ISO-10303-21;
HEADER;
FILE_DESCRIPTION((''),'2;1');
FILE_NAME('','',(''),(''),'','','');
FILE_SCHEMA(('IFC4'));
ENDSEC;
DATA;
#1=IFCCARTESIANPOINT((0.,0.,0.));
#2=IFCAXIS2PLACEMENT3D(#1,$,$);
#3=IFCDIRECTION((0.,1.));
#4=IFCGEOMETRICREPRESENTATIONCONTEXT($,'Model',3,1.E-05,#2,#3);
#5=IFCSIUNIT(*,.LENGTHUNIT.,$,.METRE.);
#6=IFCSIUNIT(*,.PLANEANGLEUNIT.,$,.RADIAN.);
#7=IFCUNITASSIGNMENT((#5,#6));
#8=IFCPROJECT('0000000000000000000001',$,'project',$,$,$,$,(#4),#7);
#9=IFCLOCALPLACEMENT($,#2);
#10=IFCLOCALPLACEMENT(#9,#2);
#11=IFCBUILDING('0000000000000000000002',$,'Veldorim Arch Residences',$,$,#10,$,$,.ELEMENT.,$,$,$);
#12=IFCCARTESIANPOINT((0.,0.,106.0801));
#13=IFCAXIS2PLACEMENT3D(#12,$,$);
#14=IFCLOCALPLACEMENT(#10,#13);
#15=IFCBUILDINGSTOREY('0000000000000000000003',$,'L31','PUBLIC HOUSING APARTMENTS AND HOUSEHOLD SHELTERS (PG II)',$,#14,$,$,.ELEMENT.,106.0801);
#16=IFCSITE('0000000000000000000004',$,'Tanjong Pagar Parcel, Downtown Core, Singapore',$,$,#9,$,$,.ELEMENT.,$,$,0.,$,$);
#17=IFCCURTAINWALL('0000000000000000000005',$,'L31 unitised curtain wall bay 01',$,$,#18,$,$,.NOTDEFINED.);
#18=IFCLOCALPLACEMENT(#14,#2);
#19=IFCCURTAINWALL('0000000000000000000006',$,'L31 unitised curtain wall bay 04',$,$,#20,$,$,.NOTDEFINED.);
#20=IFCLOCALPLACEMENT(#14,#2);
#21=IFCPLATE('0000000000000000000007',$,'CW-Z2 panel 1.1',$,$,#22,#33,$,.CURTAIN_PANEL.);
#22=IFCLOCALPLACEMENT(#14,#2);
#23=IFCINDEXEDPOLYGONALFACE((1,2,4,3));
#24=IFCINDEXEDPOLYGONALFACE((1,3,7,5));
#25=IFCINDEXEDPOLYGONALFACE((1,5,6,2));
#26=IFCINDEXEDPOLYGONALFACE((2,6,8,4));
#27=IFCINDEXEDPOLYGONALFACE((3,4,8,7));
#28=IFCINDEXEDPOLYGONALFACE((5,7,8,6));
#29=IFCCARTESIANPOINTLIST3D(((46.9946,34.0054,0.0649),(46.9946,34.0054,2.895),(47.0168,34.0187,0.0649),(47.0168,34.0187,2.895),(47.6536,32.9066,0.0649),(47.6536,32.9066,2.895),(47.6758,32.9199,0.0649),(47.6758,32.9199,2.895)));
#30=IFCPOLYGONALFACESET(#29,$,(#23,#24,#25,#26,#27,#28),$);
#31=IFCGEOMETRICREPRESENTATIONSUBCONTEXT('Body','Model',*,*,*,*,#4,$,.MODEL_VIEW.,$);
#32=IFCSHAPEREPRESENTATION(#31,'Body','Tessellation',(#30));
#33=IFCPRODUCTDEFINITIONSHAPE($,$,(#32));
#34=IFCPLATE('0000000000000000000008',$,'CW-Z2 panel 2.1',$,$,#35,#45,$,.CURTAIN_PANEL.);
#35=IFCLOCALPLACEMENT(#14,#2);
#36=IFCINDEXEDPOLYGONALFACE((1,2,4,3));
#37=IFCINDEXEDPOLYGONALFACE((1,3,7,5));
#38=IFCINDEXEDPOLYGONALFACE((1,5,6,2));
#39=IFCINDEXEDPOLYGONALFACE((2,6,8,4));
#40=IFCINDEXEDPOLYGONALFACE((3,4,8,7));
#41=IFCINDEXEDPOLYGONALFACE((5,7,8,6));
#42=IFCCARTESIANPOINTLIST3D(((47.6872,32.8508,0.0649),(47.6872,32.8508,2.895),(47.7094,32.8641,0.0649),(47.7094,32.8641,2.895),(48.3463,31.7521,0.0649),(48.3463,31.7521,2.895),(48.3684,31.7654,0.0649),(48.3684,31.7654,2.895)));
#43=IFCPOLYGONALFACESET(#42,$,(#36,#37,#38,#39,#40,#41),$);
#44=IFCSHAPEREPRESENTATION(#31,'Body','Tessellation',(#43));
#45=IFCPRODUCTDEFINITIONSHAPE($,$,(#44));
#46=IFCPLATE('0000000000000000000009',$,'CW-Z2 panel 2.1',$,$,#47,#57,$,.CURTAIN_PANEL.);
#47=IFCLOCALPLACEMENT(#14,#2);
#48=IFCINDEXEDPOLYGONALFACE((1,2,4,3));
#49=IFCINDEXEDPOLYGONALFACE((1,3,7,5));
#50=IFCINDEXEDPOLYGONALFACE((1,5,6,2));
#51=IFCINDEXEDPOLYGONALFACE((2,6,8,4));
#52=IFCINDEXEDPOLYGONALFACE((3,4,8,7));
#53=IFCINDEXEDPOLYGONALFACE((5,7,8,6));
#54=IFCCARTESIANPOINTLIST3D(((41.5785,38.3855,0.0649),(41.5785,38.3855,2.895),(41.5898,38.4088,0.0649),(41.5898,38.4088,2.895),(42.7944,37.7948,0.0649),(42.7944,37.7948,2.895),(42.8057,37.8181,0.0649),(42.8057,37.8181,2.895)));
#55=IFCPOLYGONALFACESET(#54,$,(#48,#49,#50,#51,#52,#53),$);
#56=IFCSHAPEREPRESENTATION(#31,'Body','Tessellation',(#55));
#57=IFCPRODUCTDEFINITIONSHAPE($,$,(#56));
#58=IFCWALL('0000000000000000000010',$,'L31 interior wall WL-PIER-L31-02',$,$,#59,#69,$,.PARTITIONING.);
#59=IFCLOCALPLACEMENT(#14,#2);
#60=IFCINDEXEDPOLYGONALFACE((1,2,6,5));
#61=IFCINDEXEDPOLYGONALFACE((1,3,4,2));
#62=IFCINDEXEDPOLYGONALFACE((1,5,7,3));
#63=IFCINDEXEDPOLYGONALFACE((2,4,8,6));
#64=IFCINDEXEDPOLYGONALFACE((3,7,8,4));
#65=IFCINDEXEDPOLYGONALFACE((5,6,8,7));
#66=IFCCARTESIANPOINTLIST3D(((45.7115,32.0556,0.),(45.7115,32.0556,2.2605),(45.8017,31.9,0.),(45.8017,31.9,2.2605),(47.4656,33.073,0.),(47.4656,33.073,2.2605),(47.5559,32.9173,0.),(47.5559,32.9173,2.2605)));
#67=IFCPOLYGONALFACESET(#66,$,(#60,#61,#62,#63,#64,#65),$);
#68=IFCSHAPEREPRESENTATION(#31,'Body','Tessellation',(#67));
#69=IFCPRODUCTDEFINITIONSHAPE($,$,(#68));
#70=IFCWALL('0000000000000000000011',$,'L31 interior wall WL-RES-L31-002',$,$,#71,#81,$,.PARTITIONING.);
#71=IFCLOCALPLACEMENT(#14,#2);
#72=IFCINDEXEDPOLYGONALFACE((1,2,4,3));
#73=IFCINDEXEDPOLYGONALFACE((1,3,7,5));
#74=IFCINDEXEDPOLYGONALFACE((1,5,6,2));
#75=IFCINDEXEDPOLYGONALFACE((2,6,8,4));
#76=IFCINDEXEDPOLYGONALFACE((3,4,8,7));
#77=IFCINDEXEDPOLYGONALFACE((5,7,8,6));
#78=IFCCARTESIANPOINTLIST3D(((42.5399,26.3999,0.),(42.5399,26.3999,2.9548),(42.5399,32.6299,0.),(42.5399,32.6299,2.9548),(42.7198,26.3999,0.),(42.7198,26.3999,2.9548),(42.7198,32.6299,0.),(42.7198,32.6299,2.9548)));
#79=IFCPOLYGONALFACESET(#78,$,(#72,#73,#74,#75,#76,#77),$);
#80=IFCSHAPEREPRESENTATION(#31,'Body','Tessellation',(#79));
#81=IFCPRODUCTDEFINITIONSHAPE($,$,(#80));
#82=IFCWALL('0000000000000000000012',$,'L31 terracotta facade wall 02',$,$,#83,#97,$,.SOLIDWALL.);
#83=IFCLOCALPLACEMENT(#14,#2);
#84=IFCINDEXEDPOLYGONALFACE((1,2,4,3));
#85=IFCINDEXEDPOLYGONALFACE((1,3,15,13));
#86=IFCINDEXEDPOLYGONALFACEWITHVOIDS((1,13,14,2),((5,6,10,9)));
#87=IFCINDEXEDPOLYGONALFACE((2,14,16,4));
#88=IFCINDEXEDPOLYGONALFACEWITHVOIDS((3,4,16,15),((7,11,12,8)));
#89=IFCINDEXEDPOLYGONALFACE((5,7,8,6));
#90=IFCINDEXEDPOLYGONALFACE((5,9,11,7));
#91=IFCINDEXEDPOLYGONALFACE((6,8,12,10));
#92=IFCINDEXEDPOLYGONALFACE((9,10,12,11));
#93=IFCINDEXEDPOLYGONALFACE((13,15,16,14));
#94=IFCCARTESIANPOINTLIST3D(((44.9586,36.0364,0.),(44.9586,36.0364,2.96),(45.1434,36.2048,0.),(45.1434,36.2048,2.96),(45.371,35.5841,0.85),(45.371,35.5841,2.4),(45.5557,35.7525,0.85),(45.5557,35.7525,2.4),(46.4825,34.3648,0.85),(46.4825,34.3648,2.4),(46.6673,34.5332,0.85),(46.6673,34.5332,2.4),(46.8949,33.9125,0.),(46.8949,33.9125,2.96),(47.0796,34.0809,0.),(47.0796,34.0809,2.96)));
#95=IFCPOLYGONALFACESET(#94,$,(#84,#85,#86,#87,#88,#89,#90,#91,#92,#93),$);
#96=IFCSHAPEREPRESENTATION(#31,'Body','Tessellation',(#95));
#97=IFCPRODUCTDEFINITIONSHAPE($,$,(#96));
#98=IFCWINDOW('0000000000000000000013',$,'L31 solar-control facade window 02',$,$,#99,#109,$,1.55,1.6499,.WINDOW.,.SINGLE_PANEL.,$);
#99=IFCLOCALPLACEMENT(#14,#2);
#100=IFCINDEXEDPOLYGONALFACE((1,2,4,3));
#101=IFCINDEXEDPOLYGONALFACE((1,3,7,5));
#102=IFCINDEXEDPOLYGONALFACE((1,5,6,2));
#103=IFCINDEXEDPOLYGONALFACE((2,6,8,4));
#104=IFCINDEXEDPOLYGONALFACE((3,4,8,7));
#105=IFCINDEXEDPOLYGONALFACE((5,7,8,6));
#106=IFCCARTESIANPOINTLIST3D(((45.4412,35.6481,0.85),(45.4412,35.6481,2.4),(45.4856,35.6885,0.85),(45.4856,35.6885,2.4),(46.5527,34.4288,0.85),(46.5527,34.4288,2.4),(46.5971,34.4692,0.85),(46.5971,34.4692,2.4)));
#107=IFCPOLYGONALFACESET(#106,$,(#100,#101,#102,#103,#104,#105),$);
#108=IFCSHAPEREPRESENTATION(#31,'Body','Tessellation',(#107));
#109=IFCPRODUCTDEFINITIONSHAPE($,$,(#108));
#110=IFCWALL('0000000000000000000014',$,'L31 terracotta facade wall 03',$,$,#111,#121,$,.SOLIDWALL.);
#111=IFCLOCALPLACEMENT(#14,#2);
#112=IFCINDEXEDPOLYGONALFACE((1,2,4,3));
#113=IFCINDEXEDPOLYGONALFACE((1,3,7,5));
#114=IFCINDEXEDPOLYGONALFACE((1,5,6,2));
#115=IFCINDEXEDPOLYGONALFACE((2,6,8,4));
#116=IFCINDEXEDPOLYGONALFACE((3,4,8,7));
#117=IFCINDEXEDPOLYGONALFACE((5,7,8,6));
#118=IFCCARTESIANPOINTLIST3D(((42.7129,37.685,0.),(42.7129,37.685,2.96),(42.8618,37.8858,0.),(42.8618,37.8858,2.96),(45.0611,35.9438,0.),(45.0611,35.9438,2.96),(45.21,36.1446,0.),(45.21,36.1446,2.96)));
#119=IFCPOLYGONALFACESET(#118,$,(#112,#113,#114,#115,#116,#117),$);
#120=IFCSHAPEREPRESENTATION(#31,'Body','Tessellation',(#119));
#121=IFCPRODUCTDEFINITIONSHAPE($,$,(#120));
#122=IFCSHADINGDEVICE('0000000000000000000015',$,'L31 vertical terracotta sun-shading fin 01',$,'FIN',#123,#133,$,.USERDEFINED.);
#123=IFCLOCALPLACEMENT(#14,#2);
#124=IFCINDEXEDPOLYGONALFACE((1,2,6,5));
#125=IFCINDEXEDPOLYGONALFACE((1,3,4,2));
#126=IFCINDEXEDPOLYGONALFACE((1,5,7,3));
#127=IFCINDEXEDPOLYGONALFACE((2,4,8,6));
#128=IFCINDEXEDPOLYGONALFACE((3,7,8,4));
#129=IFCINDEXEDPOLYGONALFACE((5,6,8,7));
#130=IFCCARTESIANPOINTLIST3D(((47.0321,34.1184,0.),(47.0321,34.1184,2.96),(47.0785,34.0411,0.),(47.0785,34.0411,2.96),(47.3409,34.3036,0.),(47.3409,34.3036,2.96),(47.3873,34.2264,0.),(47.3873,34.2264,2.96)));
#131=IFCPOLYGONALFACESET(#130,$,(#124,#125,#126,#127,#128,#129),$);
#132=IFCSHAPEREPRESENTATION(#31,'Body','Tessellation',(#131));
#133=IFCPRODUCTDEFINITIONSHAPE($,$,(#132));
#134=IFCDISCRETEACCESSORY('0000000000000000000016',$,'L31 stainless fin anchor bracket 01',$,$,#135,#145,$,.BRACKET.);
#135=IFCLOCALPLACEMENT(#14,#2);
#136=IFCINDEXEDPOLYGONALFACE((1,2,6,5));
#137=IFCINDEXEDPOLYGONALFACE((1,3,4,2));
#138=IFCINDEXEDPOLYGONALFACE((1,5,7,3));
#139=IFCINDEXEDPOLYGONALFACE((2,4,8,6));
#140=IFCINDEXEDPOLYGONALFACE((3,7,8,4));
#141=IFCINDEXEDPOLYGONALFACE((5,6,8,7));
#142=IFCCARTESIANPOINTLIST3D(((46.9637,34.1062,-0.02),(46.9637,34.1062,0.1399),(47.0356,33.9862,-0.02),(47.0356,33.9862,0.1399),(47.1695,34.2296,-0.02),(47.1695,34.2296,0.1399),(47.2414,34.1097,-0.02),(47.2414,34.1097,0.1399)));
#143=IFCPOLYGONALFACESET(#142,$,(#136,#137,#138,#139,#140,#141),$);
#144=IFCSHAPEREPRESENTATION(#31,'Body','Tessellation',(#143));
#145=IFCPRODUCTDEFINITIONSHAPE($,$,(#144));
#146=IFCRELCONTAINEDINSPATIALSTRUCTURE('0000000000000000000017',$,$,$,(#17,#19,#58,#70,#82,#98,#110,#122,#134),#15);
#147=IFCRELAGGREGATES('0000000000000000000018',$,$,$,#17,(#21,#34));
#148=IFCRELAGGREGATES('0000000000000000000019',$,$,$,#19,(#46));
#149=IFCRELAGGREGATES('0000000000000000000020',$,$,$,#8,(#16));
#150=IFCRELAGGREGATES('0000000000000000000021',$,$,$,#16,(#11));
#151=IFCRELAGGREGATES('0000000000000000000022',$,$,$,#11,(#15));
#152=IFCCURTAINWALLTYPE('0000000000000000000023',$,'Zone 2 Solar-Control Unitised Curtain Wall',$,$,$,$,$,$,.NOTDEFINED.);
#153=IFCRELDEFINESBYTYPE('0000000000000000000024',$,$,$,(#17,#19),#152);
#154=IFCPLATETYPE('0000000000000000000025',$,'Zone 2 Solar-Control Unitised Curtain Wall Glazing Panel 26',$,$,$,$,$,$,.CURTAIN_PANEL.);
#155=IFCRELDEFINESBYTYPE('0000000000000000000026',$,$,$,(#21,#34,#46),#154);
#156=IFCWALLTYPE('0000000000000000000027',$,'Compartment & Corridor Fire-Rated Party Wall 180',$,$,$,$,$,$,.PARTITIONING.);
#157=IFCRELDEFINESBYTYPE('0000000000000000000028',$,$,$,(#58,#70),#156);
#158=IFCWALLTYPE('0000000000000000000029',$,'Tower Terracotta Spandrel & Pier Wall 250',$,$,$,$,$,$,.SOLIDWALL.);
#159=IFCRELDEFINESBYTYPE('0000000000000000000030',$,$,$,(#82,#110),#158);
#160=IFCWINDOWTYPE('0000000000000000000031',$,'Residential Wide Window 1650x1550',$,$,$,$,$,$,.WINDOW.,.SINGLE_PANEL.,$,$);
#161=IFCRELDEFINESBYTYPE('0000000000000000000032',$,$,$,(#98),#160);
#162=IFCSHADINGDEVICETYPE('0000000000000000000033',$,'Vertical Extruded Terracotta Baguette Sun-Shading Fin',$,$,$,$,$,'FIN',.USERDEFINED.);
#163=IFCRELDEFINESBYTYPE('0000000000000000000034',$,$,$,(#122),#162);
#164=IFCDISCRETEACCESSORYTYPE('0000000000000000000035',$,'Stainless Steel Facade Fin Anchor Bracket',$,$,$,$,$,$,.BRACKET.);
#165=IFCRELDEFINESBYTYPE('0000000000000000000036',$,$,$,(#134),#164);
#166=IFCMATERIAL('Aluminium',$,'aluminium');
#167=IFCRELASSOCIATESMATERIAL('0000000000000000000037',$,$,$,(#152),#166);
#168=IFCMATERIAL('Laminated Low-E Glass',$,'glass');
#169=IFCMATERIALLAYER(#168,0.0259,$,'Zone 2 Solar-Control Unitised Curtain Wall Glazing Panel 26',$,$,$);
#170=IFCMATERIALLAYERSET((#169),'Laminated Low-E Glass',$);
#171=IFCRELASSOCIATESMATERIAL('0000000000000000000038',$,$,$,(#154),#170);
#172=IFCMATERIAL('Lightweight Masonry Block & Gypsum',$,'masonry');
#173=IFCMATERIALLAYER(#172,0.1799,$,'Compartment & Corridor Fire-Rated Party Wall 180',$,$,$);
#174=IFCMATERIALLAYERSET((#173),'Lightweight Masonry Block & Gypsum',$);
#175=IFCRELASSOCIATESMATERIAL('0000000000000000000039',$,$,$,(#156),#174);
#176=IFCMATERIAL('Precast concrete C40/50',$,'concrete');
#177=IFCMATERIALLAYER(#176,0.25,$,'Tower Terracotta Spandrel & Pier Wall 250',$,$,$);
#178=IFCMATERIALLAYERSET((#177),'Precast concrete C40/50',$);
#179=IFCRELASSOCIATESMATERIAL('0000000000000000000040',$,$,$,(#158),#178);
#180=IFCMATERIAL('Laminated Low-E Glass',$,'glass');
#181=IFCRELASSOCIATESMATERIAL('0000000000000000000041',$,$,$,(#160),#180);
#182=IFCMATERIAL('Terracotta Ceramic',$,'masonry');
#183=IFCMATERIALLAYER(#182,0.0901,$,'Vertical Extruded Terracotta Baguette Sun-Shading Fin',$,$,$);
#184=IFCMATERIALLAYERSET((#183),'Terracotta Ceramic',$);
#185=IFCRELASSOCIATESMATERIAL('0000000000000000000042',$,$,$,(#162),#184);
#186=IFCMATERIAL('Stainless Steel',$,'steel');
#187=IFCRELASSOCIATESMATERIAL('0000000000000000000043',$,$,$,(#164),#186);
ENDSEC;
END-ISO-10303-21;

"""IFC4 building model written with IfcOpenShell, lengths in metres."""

from ifc_helpers import new_model, si_unit, direction, frame, frame_2d, origin, origin_2d, place, context, subcontext, project, spatial, rectangle, extrude, material, layer, layer_set, type_object, element, fill, aggregate, save


model = new_model("IFC4")

# Units and contexts
model_context = context("Model", 3, precision=1e-05, world=origin(), true_north=direction((0.0, 1.0)))
body_context = subcontext(model_context, "Body", "Model", "MODEL_VIEW")
ifc_project = project(units=[si_unit("LENGTHUNIT", "METRE"), si_unit("PLANEANGLEUNIT", "RADIAN")], contexts=[model_context])

# Site, building, storey
site_placement = place(None, origin())
site = spatial("IfcSite", under=ifc_project, at=site_placement, Name="Tanjong Pagar Parcel, Downtown Core, Singapore", CompositionType="ELEMENT", RefElevation=0.0)
building_placement = place(site_placement, origin())
building = spatial("IfcBuilding", under=site, at=building_placement, Name="Veldorim Arch Residences", CompositionType="ELEMENT")
storey_placement = place(building_placement, frame((0.0, 0.0, 106.0801)))
storey = spatial("IfcBuildingStorey", under=building, at=storey_placement, Name="L31", Description="PUBLIC HOUSING APARTMENTS AND HOUSEHOLD SHELTERS (PG II)", CompositionType="ELEMENT", Elevation=106.0801)

# Curtain walls
ifc_material_1 = material(Name="Aluminium", Category="aluminium")
curtain_wall_type = type_object("IfcCurtainWallType", Name="Zone 2 Solar-Control Unitised Curtain Wall", PredefinedType="NOTDEFINED", material=ifc_material_1)
curtain_wall_1_placement = place(storey_placement, origin())
curtain_wall_1 = element("IfcCurtainWall", 1, at=curtain_wall_1_placement, inside=storey, type_object=curtain_wall_type, Name="L31 unitised curtain wall bay 01", PredefinedType="NOTDEFINED")
curtain_wall_2_placement = place(storey_placement, origin())
curtain_wall_2 = element("IfcCurtainWall", 2, at=curtain_wall_2_placement, inside=storey, type_object=curtain_wall_type, Name="L31 unitised curtain wall bay 04", PredefinedType="NOTDEFINED")

# Plates
ifc_material_2 = material(Name="Laminated Low-E Glass", Category="glass")
ifc_layer_1 = layer(ifc_material_2, 0.0259, Name="Zone 2 Solar-Control Unitised Curtain Wall Glazing Panel 26")
ifc_layer_set_1 = layer_set([ifc_layer_1], Name="Laminated Low-E Glass")
plate_type = type_object("IfcPlateType", Name="Zone 2 Solar-Control Unitised Curtain Wall Glazing Panel 26", PredefinedType="CURTAIN_PANEL", material=ifc_layer_set_1)
plate_1_placement = place(storey_placement, frame((47.3352, 33.4626, 0.0649), z_axis=(0.0, 0.0, 1.0), x_axis=(0.514368, -0.85757, 0.0)))
plate_1 = element("IfcPlate", 3, at=plate_1_placement, type_object=plate_type, Name="CW-Z2 panel 1.1", PredefinedType="CURTAIN_PANEL", context=body_context, shape_type="SweptSolid", body=[
    extrude(rectangle(XDim=1.2812, YDim=0.0259, at=origin_2d()), origin(), (0.0, 0.0, 1.0), 2.8301),
])
plate_2_placement = place(storey_placement, frame((48.0278, 32.3081, 0.0649), z_axis=(0.0, 0.0, 1.0), x_axis=(0.514368, -0.85757, 0.0)))
plate_2 = element("IfcPlate", 4, at=plate_2_placement, type_object=plate_type, Name="CW-Z2 panel 2.1", PredefinedType="CURTAIN_PANEL", context=body_context, shape_type="SweptSolid", body=[
    extrude(rectangle(XDim=1.2812, YDim=0.0259, at=origin_2d()), origin(), (0.0, 0.0, 1.0), 2.8301),
])
aggregate(curtain_wall_1, [plate_1, plate_2])
plate_3_placement = place(storey_placement, frame((42.1921, 38.1018, 0.0649), z_axis=(0.0, 0.0, 1.0), x_axis=(0.899462, -0.437, 0.0)))
plate_3 = element("IfcPlate", 5, at=plate_3_placement, type_object=plate_type, Name="CW-Z2 panel 2.1", PredefinedType="CURTAIN_PANEL", context=body_context, shape_type="SweptSolid", body=[
    extrude(rectangle(XDim=1.3518, YDim=0.0259, at=origin_2d()), origin(), (0.0, 0.0, 1.0), 2.8301),
])
aggregate(curtain_wall_2, [plate_3])

# Walls
ifc_material_3 = material(Name="Lightweight Masonry Block & Gypsum", Category="masonry")
ifc_layer_2 = layer(ifc_material_3, 0.1799, Name="Compartment & Corridor Fire-Rated Party Wall 180")
ifc_layer_set_2 = layer_set([ifc_layer_2], Name="Lightweight Masonry Block & Gypsum")
wall_type_1 = type_object("IfcWallType", Name="Compartment & Corridor Fire-Rated Party Wall 180", PredefinedType="PARTITIONING", material=ifc_layer_set_2)
wall_1_placement = place(storey_placement, frame((45.7566, 31.9778, 0.0), z_axis=(0.0, 0.0, 1.0), x_axis=(0.865047, 0.501691, 0.0)))
element("IfcWall", 6, at=wall_1_placement, inside=storey, type_object=wall_type_1, Name="L31 interior wall WL-PIER-L31-02", PredefinedType="PARTITIONING", context=body_context, shape_type="SweptSolid", body=[
    extrude(rectangle(XDim=2.0278, YDim=0.1799, at=frame_2d((1.0139, 0.0))), origin(), (0.0, 0.0, 1.0), 2.2605),
])
wall_2_placement = place(storey_placement, frame((42.6299, 32.6299, 0.0), z_axis=(0.0, 0.0, 1.0), x_axis=(0.0, -1.0, 0.0)))
element("IfcWall", 7, at=wall_2_placement, inside=storey, type_object=wall_type_1, Name="L31 interior wall WL-RES-L31-002", PredefinedType="PARTITIONING", context=body_context, shape_type="SweptSolid", body=[
    extrude(rectangle(XDim=6.23, YDim=0.1799, at=frame_2d((3.115, 0.0))), origin(), (0.0, 0.0, 1.0), 2.9548),
])

# Wall, opening, window
ifc_material_4 = material(Name="Precast concrete C40/50", Category="concrete")
ifc_layer_3 = layer(ifc_material_4, 0.25, Name="Tower Terracotta Spandrel & Pier Wall 250")
ifc_layer_set_3 = layer_set([ifc_layer_3], Name="Precast concrete C40/50")
wall_type_2 = type_object("IfcWallType", Name="Tower Terracotta Spandrel & Pier Wall 250", PredefinedType="SOLIDWALL", material=ifc_layer_set_3)
wall_3_placement = place(storey_placement, frame((45.051, 36.1206, 0.0), z_axis=(0.0, 0.0, 1.0), x_axis=(0.673691, -0.739013, 0.0)))
wall_3 = element("IfcWall", 8, at=wall_3_placement, inside=storey, type_object=wall_type_2, Name="L31 terracotta facade wall 02", PredefinedType="SOLIDWALL", context=body_context, shape_type="SweptSolid", body=[
    extrude(rectangle(XDim=2.874, YDim=0.25, at=frame_2d((1.437, 0.0))), origin(), (0.0, 0.0, 1.0), 2.96),
])
opening_placement = place(wall_3_placement, frame((0.6121, 0.0, 0.8501)))
opening = element("IfcOpeningElement", 9, at=opening_placement, cuts=wall_3, PredefinedType="OPENING", context=body_context, shape_type="SweptSolid", body=[
    extrude(rectangle(XDim=1.6499, YDim=1.55, at=frame_2d((0.825, 0.7749))), frame((0.0, 0.135, 0.0), z_axis=(0.0, -1.0, 0.0), x_axis=(1.0, 0.0, 0.0)), (0.0, 0.0, 1.0), 0.27),
])
ifc_material_5 = material(Name="Laminated Low-E Glass", Category="glass")
window_type = type_object("IfcWindowType", Name="Residential Wide Window 1650x1550", PartitioningType="SINGLE_PANEL", PredefinedType="WINDOW", material=ifc_material_5)
window_placement = place(opening_placement, origin())
window = element("IfcWindow", 10, at=window_placement, inside=storey, type_object=window_type, Name="L31 solar-control facade window 02", OverallHeight=1.55, OverallWidth=1.6499, PartitioningType="SINGLE_PANEL", PredefinedType="WINDOW", context=body_context, shape_type="SweptSolid", body=[
    extrude(rectangle(XDim=1.6499, YDim=1.55, at=frame_2d((0.825, 0.7749))), frame((0.0, 0.03, 0.0), z_axis=(0.0, -1.0, 0.0), x_axis=(1.0, 0.0, 0.0)), (0.0, 0.0, 1.0), 0.0601),
])
fill(opening, window)

# Wall
wall_4_placement = place(storey_placement, frame((42.7874, 37.7854, 0.0), z_axis=(0.0, 0.0, 1.0), x_axis=(0.803255, -0.595635, 0.0)))
element("IfcWall", 11, at=wall_4_placement, inside=storey, type_object=wall_type_2, Name="L31 terracotta facade wall 03", PredefinedType="SOLIDWALL", context=body_context, shape_type="SweptSolid", body=[
    extrude(rectangle(XDim=2.9233, YDim=0.25, at=frame_2d((1.4617, 0.0))), origin(), (0.0, 0.0, 1.0), 2.96),
])

# Shading device
ifc_material_6 = material(Name="Terracotta Ceramic", Category="masonry")
ifc_layer_4 = layer(ifc_material_6, 0.0901, Name="Vertical Extruded Terracotta Baguette Sun-Shading Fin")
ifc_layer_set_4 = layer_set([ifc_layer_4], Name="Terracotta Ceramic")
shading_device_type = type_object("IfcShadingDeviceType", Name="Vertical Extruded Terracotta Baguette Sun-Shading Fin", ElementType="FIN", PredefinedType="USERDEFINED", material=ifc_layer_set_4)
shading_device_placement = place(storey_placement, frame((47.2097, 34.1724, 0.0), z_axis=(0.0, 0.0, 1.0), x_axis=(0.51444, -0.857527, 0.0)))
element("IfcShadingDevice", 12, at=shading_device_placement, inside=storey, type_object=shading_device_type, Name="L31 vertical terracotta sun-shading fin 01", ObjectType="FIN", PredefinedType="USERDEFINED", context=body_context, shape_type="SweptSolid", body=[
    extrude(rectangle(XDim=0.0901, YDim=0.3601, at=origin_2d()), origin(), (0.0, 0.0, 1.0), 2.96),
])

# Discrete accessory
ifc_material_7 = material(Name="Stainless Steel", Category="steel")
discrete_accessory_type = type_object("IfcDiscreteAccessoryType", Name="Stainless Steel Facade Fin Anchor Bracket", PredefinedType="BRACKET", material=ifc_material_7)
discrete_accessory_placement = place(storey_placement, frame((47.1025, 34.1079, -0.02), z_axis=(0.0, 0.0, 1.0), x_axis=(0.51444, -0.857527, 0.0)))
element("IfcDiscreteAccessory", 13, at=discrete_accessory_placement, inside=storey, type_object=discrete_accessory_type, Name="L31 stainless fin anchor bracket 01", PredefinedType="BRACKET", context=body_context, shape_type="SweptSolid", body=[
    extrude(rectangle(XDim=0.1399, YDim=0.24, at=origin_2d()), origin(), (0.0, 0.0, 1.0), 0.1599),
])

save(model, "model.ifc")
